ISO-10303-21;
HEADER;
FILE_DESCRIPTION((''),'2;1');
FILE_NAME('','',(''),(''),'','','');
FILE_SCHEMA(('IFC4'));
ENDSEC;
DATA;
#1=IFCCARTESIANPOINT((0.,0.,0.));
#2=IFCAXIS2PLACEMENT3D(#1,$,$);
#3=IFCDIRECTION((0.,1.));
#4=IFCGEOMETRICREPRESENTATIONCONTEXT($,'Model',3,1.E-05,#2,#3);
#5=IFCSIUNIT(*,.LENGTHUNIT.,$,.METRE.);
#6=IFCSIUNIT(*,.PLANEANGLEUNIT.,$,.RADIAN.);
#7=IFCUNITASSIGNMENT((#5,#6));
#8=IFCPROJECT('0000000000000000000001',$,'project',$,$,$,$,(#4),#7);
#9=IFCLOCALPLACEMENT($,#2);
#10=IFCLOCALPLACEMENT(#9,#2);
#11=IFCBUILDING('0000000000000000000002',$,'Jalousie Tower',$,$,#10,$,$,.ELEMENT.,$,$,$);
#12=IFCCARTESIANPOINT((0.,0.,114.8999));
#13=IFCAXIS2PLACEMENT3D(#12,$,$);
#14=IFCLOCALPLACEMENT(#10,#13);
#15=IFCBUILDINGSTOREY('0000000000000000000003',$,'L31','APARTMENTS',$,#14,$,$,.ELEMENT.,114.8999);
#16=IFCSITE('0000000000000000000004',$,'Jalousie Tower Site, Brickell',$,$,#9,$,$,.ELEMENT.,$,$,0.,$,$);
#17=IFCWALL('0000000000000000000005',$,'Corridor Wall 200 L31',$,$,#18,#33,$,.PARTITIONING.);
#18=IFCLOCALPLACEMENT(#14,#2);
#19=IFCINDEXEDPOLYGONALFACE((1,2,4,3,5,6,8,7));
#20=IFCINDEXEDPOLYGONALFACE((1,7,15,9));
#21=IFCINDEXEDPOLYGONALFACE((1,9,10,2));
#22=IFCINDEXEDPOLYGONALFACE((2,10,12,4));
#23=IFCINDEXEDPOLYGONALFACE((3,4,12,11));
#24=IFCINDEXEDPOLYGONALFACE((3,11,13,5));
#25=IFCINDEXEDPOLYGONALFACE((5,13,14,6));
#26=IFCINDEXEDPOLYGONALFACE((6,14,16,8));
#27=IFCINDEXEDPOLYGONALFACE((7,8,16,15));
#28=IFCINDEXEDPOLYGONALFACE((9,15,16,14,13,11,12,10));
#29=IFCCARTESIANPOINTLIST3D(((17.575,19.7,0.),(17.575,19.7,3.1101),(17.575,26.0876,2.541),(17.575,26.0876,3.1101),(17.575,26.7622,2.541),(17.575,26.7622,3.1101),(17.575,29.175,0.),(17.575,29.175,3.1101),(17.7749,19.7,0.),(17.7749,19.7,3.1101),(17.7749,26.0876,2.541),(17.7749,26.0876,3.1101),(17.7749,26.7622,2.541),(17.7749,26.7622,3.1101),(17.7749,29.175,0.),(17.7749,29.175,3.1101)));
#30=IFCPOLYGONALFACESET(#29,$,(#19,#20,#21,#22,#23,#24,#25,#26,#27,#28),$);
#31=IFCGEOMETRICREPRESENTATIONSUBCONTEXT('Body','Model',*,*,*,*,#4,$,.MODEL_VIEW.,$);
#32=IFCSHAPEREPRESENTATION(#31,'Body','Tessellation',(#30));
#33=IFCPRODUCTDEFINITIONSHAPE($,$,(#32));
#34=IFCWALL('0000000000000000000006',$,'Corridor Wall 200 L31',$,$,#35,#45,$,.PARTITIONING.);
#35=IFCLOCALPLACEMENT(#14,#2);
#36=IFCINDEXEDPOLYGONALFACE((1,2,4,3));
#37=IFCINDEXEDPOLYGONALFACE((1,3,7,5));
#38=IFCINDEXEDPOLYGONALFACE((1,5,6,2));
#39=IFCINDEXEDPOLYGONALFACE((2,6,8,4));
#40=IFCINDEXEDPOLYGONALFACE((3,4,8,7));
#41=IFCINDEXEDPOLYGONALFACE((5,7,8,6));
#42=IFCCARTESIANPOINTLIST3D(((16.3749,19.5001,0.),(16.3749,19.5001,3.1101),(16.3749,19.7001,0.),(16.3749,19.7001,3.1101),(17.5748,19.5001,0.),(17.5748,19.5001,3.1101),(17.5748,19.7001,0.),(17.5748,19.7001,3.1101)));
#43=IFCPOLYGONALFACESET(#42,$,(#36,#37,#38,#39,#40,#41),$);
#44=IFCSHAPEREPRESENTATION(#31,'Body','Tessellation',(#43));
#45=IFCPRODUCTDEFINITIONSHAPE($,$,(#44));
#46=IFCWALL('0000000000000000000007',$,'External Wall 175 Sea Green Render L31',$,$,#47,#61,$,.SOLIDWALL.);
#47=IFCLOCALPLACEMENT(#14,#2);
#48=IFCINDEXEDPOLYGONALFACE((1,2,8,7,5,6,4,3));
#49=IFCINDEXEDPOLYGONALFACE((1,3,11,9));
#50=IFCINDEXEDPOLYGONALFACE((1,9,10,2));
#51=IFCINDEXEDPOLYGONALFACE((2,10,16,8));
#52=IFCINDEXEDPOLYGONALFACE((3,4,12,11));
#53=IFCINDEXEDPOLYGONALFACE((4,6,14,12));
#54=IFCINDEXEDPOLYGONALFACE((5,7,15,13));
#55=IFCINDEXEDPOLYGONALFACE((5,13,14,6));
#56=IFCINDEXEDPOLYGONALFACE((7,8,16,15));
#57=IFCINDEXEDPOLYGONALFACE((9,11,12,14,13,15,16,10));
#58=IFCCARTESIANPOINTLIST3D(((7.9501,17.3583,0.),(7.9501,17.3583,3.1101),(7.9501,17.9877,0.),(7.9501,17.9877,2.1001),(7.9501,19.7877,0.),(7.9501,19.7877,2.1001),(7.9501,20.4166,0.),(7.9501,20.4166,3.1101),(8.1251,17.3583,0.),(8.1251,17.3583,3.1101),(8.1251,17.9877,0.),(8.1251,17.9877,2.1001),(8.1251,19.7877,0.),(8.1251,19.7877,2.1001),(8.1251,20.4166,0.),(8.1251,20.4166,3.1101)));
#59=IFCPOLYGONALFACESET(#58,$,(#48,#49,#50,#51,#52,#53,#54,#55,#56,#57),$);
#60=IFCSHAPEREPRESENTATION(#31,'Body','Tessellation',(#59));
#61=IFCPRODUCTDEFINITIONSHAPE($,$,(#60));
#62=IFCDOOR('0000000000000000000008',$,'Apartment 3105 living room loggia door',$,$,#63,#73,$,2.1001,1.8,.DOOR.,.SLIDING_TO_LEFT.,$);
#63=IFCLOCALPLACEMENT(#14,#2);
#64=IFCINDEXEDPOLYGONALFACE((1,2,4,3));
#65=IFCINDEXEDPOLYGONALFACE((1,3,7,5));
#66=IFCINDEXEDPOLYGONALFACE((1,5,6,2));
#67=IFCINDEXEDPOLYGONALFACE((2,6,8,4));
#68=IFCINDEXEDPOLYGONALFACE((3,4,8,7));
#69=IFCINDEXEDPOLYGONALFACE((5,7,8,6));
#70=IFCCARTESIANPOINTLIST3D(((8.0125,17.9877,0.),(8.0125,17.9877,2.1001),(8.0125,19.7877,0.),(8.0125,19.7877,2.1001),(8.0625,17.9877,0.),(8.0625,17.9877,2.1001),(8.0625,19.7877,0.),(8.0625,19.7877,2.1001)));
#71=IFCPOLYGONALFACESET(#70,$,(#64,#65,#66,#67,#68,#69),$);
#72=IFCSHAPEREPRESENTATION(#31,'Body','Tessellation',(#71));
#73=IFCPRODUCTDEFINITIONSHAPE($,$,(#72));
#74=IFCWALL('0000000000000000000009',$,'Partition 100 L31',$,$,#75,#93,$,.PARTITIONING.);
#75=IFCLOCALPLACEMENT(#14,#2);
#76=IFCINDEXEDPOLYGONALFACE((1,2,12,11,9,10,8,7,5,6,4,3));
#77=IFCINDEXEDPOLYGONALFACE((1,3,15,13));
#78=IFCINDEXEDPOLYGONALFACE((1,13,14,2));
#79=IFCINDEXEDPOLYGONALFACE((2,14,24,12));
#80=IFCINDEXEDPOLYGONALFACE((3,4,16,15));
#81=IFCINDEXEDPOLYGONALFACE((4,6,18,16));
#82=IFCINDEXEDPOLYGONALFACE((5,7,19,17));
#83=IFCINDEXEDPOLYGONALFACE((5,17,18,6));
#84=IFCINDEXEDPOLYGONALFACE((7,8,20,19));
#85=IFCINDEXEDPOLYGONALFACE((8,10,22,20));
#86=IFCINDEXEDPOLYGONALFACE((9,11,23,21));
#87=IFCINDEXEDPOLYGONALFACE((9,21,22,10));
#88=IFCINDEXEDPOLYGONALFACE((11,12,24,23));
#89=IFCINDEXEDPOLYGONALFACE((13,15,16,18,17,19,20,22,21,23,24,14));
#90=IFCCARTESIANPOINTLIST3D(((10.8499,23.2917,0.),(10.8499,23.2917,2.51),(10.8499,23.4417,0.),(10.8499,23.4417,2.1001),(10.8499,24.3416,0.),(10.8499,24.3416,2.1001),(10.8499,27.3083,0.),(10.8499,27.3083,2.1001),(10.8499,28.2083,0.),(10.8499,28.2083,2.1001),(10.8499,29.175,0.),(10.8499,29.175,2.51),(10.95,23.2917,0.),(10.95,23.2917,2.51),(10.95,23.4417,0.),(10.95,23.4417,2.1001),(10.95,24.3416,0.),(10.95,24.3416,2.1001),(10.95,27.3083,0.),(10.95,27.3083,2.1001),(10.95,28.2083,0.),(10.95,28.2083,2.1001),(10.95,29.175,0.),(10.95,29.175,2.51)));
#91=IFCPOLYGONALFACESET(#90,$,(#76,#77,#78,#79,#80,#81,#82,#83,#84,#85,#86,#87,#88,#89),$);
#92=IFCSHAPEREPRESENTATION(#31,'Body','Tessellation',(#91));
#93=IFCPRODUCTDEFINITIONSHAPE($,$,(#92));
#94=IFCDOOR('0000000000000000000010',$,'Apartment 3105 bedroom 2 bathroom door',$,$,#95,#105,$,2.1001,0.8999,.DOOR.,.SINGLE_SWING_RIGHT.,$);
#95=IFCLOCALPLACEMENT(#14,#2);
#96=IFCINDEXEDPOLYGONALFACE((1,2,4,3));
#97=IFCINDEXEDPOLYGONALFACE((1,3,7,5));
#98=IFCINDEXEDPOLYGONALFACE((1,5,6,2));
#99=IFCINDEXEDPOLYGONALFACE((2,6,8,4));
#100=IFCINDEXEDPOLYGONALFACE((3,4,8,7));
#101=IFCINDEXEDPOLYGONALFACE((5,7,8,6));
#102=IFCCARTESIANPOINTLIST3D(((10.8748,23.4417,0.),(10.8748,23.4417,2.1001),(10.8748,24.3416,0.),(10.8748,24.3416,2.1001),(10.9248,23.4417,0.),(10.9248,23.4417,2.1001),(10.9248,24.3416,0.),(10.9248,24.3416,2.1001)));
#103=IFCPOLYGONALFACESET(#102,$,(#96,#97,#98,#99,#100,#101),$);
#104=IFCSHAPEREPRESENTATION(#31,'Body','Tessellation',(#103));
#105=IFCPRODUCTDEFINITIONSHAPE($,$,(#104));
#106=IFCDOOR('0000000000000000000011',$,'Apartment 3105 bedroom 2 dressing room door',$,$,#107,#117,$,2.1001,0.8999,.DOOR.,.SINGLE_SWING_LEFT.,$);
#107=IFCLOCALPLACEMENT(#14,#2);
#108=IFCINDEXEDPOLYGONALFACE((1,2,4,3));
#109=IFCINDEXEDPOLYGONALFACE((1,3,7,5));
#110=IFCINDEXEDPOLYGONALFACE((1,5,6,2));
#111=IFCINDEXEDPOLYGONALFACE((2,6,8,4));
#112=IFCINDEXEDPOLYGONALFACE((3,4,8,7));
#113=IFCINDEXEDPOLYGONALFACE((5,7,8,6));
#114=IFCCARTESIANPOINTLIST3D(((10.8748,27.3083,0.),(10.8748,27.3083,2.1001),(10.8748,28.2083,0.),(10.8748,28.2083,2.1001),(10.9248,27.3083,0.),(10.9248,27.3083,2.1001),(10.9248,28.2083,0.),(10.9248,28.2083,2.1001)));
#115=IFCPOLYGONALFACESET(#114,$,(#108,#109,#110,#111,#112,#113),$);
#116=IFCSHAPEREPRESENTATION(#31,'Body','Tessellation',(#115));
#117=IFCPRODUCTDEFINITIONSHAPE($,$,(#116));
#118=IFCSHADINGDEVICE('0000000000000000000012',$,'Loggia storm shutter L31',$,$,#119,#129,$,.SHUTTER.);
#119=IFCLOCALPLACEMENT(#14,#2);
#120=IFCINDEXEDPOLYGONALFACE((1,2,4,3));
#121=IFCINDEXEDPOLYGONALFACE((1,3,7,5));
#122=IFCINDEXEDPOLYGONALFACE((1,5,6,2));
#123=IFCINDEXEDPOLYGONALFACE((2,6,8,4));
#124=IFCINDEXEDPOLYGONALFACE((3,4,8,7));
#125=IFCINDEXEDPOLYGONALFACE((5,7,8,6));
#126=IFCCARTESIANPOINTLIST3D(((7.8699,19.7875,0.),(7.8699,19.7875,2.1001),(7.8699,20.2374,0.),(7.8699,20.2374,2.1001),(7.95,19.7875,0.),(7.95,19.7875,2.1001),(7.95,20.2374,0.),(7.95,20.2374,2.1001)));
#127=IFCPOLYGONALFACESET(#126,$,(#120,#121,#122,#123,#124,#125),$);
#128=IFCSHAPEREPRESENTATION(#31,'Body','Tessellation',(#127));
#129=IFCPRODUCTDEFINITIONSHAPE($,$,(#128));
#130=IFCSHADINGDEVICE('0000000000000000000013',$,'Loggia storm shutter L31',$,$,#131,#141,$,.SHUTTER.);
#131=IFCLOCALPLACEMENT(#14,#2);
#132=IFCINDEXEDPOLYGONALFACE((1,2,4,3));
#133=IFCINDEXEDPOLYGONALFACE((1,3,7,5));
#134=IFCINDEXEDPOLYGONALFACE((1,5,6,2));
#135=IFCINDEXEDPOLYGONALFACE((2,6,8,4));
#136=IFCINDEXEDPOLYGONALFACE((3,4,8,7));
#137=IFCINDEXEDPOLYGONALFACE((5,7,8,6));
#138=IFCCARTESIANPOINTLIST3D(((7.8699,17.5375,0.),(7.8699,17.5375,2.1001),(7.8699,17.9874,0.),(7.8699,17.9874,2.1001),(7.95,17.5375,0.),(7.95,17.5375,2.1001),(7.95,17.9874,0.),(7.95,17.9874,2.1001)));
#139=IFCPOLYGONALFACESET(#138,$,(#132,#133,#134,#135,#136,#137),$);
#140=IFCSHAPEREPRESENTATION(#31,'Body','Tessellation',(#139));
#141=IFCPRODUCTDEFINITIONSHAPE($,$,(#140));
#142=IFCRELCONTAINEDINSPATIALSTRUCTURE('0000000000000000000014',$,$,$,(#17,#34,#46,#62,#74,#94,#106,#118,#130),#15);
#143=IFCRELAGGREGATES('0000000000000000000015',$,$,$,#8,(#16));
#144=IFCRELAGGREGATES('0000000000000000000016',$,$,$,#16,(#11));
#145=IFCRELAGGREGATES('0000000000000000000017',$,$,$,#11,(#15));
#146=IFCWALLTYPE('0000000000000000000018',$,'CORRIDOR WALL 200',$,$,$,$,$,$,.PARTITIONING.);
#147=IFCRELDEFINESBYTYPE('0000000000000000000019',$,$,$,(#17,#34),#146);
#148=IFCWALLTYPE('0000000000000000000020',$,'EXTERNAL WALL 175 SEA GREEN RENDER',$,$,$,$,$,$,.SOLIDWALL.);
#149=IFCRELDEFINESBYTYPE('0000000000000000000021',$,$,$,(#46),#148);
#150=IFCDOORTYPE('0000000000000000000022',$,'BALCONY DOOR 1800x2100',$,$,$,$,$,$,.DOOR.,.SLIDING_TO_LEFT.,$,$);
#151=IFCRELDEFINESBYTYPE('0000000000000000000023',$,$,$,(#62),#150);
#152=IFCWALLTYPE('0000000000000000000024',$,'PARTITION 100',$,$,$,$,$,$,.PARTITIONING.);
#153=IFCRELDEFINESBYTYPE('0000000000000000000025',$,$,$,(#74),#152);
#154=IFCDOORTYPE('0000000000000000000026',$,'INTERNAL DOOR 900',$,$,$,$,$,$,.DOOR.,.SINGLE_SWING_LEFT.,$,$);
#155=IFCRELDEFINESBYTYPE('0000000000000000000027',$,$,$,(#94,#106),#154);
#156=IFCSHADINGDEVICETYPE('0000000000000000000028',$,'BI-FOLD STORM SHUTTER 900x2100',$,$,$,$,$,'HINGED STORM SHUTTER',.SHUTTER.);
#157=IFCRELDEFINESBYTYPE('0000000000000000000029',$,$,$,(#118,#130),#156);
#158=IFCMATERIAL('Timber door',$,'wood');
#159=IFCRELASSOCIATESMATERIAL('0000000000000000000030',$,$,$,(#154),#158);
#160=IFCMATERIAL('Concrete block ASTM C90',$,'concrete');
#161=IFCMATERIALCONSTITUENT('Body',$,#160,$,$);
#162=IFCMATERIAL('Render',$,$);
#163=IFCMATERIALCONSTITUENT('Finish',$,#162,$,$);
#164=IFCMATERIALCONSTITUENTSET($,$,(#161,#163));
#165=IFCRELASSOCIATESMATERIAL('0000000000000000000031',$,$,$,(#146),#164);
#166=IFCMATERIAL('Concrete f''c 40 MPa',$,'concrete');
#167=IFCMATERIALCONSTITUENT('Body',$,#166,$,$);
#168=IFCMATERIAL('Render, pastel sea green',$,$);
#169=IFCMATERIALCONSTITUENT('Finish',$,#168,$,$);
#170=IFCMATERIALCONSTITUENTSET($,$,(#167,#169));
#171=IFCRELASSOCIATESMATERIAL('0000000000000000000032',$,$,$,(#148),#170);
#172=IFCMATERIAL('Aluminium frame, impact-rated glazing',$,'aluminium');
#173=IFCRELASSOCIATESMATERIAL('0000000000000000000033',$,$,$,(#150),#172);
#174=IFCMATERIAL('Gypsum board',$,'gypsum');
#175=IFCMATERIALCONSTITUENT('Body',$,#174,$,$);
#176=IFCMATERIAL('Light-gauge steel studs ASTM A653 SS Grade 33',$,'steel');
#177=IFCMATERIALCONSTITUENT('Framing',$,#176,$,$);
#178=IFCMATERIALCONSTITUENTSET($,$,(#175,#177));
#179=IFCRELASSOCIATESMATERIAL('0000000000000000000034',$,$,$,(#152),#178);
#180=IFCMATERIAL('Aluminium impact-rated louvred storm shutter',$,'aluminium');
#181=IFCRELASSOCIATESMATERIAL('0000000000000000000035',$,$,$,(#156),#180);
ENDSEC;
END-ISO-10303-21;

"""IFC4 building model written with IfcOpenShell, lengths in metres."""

from ifc_helpers import new_model, si_unit, direction, frame, frame_2d, origin, origin_2d, place, context, subcontext, project, spatial, polyline, rectangle, outline, extrude, material, constituent, constituent_set, type_object, element, fill, save


model = new_model("IFC4")

# Units and contexts
model_context = context("Model", 3, precision=1e-05, world=origin(), true_north=direction((0.0, 1.0)))
body_context = subcontext(model_context, "Body", "Model", "MODEL_VIEW")
ifc_project = project(units=[si_unit("LENGTHUNIT", "METRE"), si_unit("PLANEANGLEUNIT", "RADIAN")], contexts=[model_context])

# Site, building, storey
site_placement = place(None, origin())
site = spatial("IfcSite", under=ifc_project, at=site_placement, Name="Jalousie Tower Site, Brickell", CompositionType="ELEMENT", RefElevation=0.0)
building_placement = place(site_placement, origin())
building = spatial("IfcBuilding", under=site, at=building_placement, Name="Jalousie Tower", CompositionType="ELEMENT")
storey_placement = place(building_placement, frame((0.0, 0.0, 114.8999)))
storey = spatial("IfcBuildingStorey", under=building, at=storey_placement, Name="L31", Description="APARTMENTS", CompositionType="ELEMENT", Elevation=114.8999)

# Shared definitions
ifc_material_1 = material(Name="Timber door", Category="wood")
door_type_1 = type_object("IfcDoorType", Name="INTERNAL DOOR 900", OperationType="SINGLE_SWING_LEFT", PredefinedType="DOOR", material=ifc_material_1)

# Shared definitions
ifc_material_2 = material(Name="Concrete block ASTM C90", Category="concrete")
ifc_constituent_1 = constituent(ifc_material_2, Name="Body")
ifc_material_3 = material(Name="Render")
ifc_constituent_2 = constituent(ifc_material_3, Name="Finish")
ifc_constituent_set_1 = constituent_set(constituents=[ifc_constituent_1, ifc_constituent_2])
wall_type_1 = type_object("IfcWallType", Name="CORRIDOR WALL 200", PredefinedType="PARTITIONING", material=ifc_constituent_set_1)

# Walls
wall_1_placement = place(storey_placement, frame((17.675, 19.7, 0.0), z_axis=(0.0, 0.0, 1.0), x_axis=(0.0, 1.0, 0.0)))
element("IfcWall", 1, at=wall_1_placement, inside=storey, type_object=wall_type_1, Name="Corridor Wall 200 L31", PredefinedType="PARTITIONING", context=body_context, shape_type="SweptSolid", body=[
    extrude(outline(polyline([(0.0, 0.0), (9.4751, 0.0), (9.4751, 3.1101), (7.0623, 3.1101), (7.0623, 2.541), (6.3877, 2.541), (6.3877, 3.1101), (0.0, 3.1101), (0.0, 0.0)])), frame((0.0, 0.1001, 0.0), z_axis=(0.0, -1.0, 0.0), x_axis=(1.0, 0.0, 0.0)), (0.0, 0.0, 1.0), 0.2),
])
wall_2_placement = place(storey_placement, frame((17.575, 19.6001, 0.0), z_axis=(0.0, 0.0, 1.0), x_axis=(-1.0, 0.0, 0.0)))
element("IfcWall", 2, at=wall_2_placement, inside=storey, type_object=wall_type_1, Name="Corridor Wall 200 L31", PredefinedType="PARTITIONING", context=body_context, shape_type="SweptSolid", body=[
    extrude(rectangle(XDim=1.2, YDim=0.2, at=frame_2d((0.6001, 0.0))), origin(), (0.0, 0.0, 1.0), 3.1101),
])

# Wall, opening, door
ifc_material_4 = material(Name="Concrete f'c 40 MPa", Category="concrete")
ifc_constituent_3 = constituent(ifc_material_4, Name="Body")
ifc_material_5 = material(Name="Render, pastel sea green")
ifc_constituent_4 = constituent(ifc_material_5, Name="Finish")
ifc_constituent_set_2 = constituent_set(constituents=[ifc_constituent_3, ifc_constituent_4])
wall_type_2 = type_object("IfcWallType", Name="EXTERNAL WALL 175 SEA GREEN RENDER", PredefinedType="SOLIDWALL", material=ifc_constituent_set_2)
wall_3_placement = place(storey_placement, frame((8.0376, 20.4167, 0.0), z_axis=(0.0, 0.0, 1.0), x_axis=(0.0, -1.0, 0.0)))
wall_3 = element("IfcWall", 3, at=wall_3_placement, inside=storey, type_object=wall_type_2, Name="External Wall 175 Sea Green Render L31", PredefinedType="SOLIDWALL", context=body_context, shape_type="SweptSolid", body=[
    extrude(rectangle(XDim=3.0583, YDim=0.175, at=frame_2d((1.5293, 0.0))), origin(), (0.0, 0.0, 1.0), 3.1101),
])
opening_1_placement = place(wall_3_placement, frame((0.6292, 0.0, 0.0)))
opening_1 = element("IfcOpeningElement", 4, at=opening_1_placement, cuts=wall_3, PredefinedType="OPENING", context=body_context, shape_type="SweptSolid", body=[
    extrude(rectangle(XDim=1.8, YDim=2.1001, at=frame_2d((0.8999, 1.05))), frame((0.0, 0.0974, 0.0), z_axis=(0.0, -1.0, 0.0), x_axis=(1.0, 0.0, 0.0)), (0.0, 0.0, 1.0), 0.1951),
])
ifc_material_6 = material(Name="Aluminium frame, impact-rated glazing", Category="aluminium")
door_type_2 = type_object("IfcDoorType", Name="BALCONY DOOR 1800x2100", OperationType="SLIDING_TO_LEFT", PredefinedType="DOOR", material=ifc_material_6)
door_1_placement = place(opening_1_placement, origin())
door_1 = element("IfcDoor", 5, at=door_1_placement, inside=storey, type_object=door_type_2, Name="Apartment 3105 living room loggia door", OperationType="SLIDING_TO_LEFT", OverallHeight=2.1001, OverallWidth=1.8, PredefinedType="DOOR", context=body_context, shape_type="SweptSolid", body=[
    extrude(rectangle(XDim=1.8, YDim=2.1001, at=frame_2d((0.8999, 1.05))), frame((0.0, 0.0249, 0.0), z_axis=(0.0, -1.0, 0.0), x_axis=(1.0, 0.0, 0.0)), (0.0, 0.0, 1.0), 0.05),
])
fill(opening_1, door_1)

# Wall, openings, doors
ifc_material_7 = material(Name="Gypsum board", Category="gypsum")
ifc_constituent_5 = constituent(ifc_material_7, Name="Body")
ifc_material_8 = material(Name="Light-gauge steel studs ASTM A653 SS Grade 33", Category="steel")
ifc_constituent_6 = constituent(ifc_material_8, Name="Framing")
ifc_constituent_set_3 = constituent_set(constituents=[ifc_constituent_5, ifc_constituent_6])
wall_type_3 = type_object("IfcWallType", Name="PARTITION 100", PredefinedType="PARTITIONING", material=ifc_constituent_set_3)
wall_4_placement = place(storey_placement, frame((10.8999, 23.2917, 0.0), z_axis=(0.0, 0.0, 1.0), x_axis=(0.0, 1.0, 0.0)))
wall_4 = element("IfcWall", 6, at=wall_4_placement, inside=storey, type_object=wall_type_3, Name="Partition 100 L31", PredefinedType="PARTITIONING", context=body_context, shape_type="SweptSolid", body=[
    extrude(outline(polyline([(0.0, 0.0), (5.8833, 0.0), (5.8833, 3.1101), (5.8833, 2.51), (1.7683, 2.51), (0.0, 2.51), (0.0, 3.1101), (0.0, 0.0)])), frame((0.0, 0.05, 0.0), z_axis=(0.0, -1.0, 0.0), x_axis=(1.0, 0.0, 0.0)), (0.0, 0.0, 1.0), 0.1001),
])
opening_2_placement = place(wall_4_placement, frame((0.1499, 0.0, 0.0)))
opening_2 = element("IfcOpeningElement", 7, at=opening_2_placement, cuts=wall_4, PredefinedType="OPENING", context=body_context, shape_type="SweptSolid", body=[
    extrude(rectangle(XDim=0.8999, YDim=2.1001, at=frame_2d((0.45, 1.05))), frame((0.0, 0.0601, 0.0), z_axis=(0.0, -1.0, 0.0), x_axis=(1.0, 0.0, 0.0)), (0.0, 0.0, 1.0), 0.1201),
])
opening_3_placement = place(wall_4_placement, frame((4.0166, 0.0, 0.0)))
opening_3 = element("IfcOpeningElement", 8, at=opening_3_placement, cuts=wall_4, PredefinedType="OPENING", context=body_context, shape_type="SweptSolid", body=[
    extrude(rectangle(XDim=0.8999, YDim=2.1001, at=frame_2d((0.45, 1.05))), frame((0.0, 0.0601, 0.0), z_axis=(0.0, -1.0, 0.0), x_axis=(1.0, 0.0, 0.0)), (0.0, 0.0, 1.0), 0.1201),
])
door_2_placement = place(opening_2_placement, frame((0.8999, 0.0, 0.0), z_axis=(0.0, 0.0, 1.0), x_axis=(-1.0, 0.0, 0.0)))
door_2 = element("IfcDoor", 9, at=door_2_placement, inside=storey, type_object=door_type_1, Name="Apartment 3105 bedroom 2 bathroom door", OperationType="SINGLE_SWING_RIGHT", OverallHeight=2.1001, OverallWidth=0.8999, PredefinedType="DOOR", context=body_context, shape_type="SweptSolid", body=[
    extrude(rectangle(XDim=0.8999, YDim=2.1001, at=frame_2d((0.45, 1.05))), frame((0.0, 0.0249, 0.0), z_axis=(0.0, -1.0, 0.0), x_axis=(1.0, 0.0, 0.0)), (0.0, 0.0, 1.0), 0.05),
])
fill(opening_2, door_2)
door_3_placement = place(opening_3_placement, frame((0.8999, 0.0, 0.0), z_axis=(0.0, 0.0, 1.0), x_axis=(-1.0, 0.0, 0.0)))
door_3 = element("IfcDoor", 10, at=door_3_placement, inside=storey, type_object=door_type_1, Name="Apartment 3105 bedroom 2 dressing room door", OperationType="SINGLE_SWING_LEFT", OverallHeight=2.1001, OverallWidth=0.8999, PredefinedType="DOOR", context=body_context, shape_type="SweptSolid", body=[
    extrude(rectangle(XDim=0.8999, YDim=2.1001, at=frame_2d((0.45, 1.05))), frame((0.0, 0.0249, 0.0), z_axis=(0.0, -1.0, 0.0), x_axis=(1.0, 0.0, 0.0)), (0.0, 0.0, 1.0), 0.05),
])
fill(opening_3, door_3)

# Shading devices
ifc_material_9 = material(Name="Aluminium impact-rated louvred storm shutter", Category="aluminium")
shading_device_type = type_object("IfcShadingDeviceType", Name="BI-FOLD STORM SHUTTER 900x2100", ElementType="HINGED STORM SHUTTER", PredefinedType="SHUTTER", material=ifc_material_9)
for number, where, z_axis, x_axis, name in (
    (11, (7.9099, 20.0125, 0.0), (0.0, 0.0, 1.0), (0.0, -1.0, 0.0), "Loggia storm shutter L31"),
    (12, (7.9099, 17.7625, 0.0), (0.0, 0.0, 1.0), (0.0, -1.0, 0.0), "Loggia storm shutter L31"),
):
    element("IfcShadingDevice", number, at=place(storey_placement, frame(where, z_axis=z_axis, x_axis=x_axis)), inside=storey, type_object=shading_device_type, Name=name, PredefinedType="SHUTTER", context=body_context, shape_type="SweptSolid", body=[
        extrude(rectangle(XDim=0.45, YDim=0.0801, at=origin_2d()), origin(), (0.0, 0.0, 1.0), 2.1001),
    ])

save(model, "model.ifc")
